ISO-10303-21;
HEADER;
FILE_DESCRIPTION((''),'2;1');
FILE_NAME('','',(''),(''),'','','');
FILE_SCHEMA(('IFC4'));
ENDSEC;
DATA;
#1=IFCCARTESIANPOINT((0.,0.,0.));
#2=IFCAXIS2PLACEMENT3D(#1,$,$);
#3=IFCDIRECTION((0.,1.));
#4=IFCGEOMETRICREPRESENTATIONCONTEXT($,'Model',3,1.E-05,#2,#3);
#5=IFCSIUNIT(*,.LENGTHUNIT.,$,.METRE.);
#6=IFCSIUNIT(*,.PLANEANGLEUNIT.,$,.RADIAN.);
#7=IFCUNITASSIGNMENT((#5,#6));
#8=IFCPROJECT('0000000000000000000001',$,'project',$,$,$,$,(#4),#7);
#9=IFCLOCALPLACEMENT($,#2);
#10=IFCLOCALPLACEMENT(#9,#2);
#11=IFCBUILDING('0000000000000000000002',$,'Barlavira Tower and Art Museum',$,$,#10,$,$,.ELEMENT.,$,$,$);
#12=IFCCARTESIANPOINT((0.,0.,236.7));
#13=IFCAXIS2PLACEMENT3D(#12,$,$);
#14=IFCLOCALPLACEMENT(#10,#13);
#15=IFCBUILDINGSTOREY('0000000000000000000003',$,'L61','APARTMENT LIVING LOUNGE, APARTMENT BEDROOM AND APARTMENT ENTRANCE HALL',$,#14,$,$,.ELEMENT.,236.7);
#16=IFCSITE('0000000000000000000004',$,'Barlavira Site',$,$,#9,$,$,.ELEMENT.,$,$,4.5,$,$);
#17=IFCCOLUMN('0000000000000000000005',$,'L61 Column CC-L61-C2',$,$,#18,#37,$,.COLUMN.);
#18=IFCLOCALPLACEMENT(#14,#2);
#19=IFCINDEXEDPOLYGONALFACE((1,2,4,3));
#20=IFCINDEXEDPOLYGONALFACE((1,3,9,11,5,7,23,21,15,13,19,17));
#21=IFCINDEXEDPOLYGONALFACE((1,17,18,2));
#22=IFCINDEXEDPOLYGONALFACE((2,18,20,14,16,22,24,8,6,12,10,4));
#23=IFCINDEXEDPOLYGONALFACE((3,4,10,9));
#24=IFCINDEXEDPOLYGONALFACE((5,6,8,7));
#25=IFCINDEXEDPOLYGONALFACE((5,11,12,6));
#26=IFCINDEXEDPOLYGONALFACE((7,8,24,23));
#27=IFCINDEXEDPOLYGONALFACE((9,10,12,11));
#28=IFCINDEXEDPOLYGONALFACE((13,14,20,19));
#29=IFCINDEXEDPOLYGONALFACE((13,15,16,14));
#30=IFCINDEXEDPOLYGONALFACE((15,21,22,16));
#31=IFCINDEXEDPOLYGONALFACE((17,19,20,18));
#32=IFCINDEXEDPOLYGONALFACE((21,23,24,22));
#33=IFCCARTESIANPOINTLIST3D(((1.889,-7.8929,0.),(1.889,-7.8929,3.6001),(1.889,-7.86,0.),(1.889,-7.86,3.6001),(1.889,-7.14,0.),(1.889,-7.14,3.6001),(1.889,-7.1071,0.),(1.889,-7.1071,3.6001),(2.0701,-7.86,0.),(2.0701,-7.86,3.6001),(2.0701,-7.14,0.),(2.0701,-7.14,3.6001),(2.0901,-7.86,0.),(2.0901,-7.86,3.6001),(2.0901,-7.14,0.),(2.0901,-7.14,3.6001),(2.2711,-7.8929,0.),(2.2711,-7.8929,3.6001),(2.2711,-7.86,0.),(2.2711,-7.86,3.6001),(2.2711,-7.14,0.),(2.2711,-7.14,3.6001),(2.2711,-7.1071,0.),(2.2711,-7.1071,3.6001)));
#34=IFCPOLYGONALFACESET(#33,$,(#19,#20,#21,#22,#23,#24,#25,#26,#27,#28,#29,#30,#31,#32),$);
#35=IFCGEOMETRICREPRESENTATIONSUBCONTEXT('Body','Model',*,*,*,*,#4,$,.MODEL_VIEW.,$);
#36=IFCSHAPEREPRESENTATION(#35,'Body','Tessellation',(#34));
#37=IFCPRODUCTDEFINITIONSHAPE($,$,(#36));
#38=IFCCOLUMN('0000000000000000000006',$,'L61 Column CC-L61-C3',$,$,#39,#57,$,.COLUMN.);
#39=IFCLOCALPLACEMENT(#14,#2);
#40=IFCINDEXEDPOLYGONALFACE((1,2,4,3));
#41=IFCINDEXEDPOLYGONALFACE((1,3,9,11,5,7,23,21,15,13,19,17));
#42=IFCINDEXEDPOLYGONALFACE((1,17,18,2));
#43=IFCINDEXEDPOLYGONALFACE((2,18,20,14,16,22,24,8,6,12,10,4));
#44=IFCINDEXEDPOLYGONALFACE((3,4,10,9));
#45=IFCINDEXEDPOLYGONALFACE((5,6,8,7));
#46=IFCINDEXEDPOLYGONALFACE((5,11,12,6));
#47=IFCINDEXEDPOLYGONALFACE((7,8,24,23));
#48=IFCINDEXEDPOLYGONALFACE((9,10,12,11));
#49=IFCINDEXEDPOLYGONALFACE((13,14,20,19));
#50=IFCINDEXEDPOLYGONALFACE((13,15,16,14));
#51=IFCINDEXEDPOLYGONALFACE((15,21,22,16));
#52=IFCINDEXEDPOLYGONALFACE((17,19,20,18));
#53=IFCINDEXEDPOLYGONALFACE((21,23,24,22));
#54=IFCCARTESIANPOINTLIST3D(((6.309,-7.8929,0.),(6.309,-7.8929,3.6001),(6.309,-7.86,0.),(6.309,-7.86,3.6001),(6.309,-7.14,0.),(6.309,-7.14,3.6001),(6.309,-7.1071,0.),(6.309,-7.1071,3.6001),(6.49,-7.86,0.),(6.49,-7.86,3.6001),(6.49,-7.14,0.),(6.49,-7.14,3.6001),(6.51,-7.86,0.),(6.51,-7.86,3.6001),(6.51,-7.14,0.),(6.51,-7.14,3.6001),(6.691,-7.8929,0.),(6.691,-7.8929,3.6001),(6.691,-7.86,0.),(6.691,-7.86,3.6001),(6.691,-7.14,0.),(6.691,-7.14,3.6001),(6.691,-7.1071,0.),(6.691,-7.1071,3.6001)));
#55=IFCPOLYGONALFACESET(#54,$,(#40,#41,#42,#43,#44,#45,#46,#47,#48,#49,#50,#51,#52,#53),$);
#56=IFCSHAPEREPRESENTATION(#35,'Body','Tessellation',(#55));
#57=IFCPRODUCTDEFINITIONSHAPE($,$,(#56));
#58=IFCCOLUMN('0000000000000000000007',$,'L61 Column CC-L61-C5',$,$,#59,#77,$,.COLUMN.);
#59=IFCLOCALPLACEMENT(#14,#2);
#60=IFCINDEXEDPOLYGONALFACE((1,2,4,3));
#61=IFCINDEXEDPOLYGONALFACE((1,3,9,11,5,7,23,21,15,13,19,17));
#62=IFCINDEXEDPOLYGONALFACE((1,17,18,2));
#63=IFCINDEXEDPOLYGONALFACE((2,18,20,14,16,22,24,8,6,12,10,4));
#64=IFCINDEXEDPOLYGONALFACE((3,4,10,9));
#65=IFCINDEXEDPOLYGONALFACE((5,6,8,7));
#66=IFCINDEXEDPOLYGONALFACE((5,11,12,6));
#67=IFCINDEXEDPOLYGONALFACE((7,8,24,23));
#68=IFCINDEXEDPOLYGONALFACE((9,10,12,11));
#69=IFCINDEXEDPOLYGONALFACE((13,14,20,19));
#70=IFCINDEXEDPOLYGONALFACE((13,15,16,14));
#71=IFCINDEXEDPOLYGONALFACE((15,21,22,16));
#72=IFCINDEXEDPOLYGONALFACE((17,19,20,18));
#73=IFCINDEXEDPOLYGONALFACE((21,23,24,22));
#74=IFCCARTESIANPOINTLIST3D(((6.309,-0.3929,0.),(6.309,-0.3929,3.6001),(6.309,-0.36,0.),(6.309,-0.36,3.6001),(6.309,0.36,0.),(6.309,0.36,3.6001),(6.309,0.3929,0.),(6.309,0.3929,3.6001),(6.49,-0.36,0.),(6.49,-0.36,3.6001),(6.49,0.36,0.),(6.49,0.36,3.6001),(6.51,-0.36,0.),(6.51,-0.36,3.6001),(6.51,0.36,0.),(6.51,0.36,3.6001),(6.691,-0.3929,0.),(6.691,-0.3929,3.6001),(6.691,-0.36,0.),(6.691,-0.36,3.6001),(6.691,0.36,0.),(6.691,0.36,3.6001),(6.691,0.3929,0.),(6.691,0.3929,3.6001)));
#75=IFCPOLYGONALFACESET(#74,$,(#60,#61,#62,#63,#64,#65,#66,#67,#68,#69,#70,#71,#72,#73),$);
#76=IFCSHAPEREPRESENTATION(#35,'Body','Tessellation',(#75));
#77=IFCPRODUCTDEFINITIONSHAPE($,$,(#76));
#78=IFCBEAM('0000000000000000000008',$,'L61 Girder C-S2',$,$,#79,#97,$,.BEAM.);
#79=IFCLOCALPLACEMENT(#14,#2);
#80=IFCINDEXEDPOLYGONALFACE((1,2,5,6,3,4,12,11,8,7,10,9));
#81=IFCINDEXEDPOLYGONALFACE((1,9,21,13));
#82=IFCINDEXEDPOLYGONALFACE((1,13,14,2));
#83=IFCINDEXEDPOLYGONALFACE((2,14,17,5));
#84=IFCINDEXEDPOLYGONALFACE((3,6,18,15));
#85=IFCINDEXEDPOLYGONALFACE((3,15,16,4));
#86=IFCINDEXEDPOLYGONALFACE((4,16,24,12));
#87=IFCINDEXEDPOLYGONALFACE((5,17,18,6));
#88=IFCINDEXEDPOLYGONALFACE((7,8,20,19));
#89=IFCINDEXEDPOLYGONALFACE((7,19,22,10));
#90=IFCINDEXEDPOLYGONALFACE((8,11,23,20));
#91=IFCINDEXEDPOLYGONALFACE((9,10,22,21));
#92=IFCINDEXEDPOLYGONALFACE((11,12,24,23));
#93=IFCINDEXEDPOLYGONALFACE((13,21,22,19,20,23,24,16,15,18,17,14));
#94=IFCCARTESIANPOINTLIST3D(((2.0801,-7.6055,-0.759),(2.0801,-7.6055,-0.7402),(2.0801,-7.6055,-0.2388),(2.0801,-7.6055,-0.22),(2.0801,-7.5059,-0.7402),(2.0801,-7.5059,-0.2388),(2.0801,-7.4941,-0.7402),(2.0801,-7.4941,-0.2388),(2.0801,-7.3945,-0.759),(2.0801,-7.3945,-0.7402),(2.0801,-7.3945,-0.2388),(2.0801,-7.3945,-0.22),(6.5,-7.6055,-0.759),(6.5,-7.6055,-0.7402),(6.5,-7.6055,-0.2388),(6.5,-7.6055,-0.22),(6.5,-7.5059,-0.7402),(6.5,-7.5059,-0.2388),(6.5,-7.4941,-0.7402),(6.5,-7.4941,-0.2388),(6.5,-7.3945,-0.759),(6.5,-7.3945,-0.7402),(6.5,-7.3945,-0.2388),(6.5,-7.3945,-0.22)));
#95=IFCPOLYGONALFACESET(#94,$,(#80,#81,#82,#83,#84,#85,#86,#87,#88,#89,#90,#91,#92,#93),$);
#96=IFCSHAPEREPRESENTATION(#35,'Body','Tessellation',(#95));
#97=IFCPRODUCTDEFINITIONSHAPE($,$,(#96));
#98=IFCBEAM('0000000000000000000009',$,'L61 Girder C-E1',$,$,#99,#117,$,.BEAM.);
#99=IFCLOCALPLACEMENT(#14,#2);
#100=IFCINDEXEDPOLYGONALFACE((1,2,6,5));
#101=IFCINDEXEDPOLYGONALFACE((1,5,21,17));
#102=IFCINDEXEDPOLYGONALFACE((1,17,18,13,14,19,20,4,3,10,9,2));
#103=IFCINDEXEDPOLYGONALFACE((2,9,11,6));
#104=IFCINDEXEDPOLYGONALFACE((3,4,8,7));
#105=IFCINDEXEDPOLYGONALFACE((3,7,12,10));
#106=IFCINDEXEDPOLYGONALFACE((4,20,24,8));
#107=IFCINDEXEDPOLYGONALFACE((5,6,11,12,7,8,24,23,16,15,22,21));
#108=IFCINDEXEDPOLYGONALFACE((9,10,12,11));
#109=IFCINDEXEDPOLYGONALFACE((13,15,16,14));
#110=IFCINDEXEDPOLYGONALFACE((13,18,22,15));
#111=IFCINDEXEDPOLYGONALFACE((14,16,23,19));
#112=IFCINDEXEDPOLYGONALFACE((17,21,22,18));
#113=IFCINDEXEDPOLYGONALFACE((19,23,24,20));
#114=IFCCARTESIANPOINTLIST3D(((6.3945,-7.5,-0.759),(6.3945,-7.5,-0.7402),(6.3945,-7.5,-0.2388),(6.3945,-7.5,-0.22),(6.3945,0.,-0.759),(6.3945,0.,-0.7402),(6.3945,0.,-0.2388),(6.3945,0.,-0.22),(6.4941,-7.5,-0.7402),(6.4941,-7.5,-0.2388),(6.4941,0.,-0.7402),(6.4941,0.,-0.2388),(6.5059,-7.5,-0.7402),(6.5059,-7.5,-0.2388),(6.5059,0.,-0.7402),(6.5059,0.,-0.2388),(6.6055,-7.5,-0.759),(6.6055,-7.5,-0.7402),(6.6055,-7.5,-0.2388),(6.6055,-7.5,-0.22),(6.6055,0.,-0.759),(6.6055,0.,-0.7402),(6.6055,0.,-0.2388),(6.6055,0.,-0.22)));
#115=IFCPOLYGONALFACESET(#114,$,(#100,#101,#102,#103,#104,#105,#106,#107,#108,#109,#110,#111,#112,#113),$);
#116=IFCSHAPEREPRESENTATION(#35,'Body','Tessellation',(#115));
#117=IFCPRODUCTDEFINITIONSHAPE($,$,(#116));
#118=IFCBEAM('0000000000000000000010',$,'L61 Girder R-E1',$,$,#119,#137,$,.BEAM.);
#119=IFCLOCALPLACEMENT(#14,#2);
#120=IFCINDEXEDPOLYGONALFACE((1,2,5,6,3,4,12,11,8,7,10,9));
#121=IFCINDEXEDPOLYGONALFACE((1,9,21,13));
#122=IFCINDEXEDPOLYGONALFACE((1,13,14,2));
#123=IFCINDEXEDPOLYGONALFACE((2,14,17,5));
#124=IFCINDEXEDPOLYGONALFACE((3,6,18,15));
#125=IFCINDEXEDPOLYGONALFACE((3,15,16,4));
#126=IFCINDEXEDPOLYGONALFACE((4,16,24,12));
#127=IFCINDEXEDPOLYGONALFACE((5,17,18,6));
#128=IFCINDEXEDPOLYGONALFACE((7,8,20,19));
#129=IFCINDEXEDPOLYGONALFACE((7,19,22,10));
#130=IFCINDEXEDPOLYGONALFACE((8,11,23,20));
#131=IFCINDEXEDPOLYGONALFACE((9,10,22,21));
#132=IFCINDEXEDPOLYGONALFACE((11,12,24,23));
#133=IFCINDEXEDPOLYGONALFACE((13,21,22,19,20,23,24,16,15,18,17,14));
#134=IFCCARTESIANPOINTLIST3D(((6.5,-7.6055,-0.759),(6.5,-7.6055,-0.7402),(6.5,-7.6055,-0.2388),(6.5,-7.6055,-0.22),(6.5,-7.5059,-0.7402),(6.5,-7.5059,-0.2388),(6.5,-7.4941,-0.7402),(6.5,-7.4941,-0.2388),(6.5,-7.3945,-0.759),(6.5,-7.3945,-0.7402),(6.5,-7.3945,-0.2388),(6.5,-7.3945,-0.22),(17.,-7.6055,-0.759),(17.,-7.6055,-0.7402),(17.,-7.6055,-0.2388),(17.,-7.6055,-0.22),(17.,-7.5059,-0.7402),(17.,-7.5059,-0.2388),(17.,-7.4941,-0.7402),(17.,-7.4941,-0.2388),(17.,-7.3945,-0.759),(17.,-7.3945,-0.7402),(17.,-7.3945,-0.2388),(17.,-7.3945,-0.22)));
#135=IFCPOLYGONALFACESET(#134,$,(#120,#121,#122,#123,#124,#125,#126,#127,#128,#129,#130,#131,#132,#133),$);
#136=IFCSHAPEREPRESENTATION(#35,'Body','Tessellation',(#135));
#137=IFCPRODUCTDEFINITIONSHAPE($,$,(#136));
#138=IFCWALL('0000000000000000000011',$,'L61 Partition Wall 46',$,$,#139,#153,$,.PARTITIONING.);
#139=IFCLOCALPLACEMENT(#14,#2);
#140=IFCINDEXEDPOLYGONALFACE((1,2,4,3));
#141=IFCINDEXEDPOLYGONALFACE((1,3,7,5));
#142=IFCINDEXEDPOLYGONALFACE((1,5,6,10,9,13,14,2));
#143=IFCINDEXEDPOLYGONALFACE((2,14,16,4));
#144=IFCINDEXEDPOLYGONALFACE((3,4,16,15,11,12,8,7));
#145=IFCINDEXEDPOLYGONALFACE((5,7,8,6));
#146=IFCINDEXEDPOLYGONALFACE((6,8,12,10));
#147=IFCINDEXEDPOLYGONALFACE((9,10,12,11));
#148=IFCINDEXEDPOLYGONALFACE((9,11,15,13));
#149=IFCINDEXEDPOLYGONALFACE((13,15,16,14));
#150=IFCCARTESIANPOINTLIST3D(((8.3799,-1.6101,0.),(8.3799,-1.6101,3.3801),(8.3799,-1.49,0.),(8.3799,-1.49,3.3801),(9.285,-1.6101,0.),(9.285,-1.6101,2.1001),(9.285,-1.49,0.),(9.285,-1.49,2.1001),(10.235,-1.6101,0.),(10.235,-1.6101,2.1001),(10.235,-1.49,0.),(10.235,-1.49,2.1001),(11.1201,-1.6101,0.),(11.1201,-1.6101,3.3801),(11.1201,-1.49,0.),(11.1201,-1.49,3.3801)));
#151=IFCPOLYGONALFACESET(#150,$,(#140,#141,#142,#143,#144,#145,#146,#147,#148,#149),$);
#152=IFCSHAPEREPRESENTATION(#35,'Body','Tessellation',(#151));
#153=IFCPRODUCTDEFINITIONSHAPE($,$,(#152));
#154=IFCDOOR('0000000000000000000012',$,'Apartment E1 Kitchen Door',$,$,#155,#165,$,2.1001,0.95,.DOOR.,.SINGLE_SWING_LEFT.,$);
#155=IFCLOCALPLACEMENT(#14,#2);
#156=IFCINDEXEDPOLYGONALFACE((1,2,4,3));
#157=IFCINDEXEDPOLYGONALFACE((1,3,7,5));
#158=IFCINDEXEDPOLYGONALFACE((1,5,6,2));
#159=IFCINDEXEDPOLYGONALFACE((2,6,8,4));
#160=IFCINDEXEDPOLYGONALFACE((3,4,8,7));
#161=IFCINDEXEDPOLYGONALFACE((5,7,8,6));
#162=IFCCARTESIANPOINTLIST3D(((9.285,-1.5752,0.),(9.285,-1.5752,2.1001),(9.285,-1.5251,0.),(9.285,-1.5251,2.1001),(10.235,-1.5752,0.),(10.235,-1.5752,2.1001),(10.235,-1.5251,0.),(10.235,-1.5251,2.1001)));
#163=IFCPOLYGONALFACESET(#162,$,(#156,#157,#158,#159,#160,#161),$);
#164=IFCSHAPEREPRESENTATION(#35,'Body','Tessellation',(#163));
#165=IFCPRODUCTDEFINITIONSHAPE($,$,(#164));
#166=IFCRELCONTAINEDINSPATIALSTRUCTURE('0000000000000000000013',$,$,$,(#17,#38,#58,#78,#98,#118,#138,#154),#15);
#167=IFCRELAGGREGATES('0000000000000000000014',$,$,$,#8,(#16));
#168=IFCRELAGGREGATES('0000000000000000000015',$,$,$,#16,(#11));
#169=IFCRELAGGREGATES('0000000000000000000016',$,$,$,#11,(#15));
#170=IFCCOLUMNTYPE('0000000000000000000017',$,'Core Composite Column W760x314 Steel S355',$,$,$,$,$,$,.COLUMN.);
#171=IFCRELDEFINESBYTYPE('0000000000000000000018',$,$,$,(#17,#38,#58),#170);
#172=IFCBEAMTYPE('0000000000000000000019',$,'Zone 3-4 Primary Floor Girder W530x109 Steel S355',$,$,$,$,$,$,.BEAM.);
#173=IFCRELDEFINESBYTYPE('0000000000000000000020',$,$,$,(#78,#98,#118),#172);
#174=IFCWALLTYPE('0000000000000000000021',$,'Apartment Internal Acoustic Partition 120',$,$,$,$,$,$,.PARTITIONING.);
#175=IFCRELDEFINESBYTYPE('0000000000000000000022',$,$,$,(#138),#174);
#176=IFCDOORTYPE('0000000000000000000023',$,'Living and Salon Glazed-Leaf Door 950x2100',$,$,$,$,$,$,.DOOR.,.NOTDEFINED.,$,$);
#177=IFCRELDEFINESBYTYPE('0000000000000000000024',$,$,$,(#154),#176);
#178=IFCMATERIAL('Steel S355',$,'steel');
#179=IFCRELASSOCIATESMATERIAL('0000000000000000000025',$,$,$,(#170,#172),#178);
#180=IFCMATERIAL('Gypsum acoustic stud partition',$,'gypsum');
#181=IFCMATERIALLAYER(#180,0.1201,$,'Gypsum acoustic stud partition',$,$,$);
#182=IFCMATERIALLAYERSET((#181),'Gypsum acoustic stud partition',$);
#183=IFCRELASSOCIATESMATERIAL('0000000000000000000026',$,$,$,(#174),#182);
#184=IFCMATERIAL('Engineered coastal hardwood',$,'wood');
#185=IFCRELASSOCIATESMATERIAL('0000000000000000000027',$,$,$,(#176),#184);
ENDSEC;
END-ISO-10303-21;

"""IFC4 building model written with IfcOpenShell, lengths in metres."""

from ifc_helpers import new_model, si_unit, direction, frame, frame_2d, origin, origin_2d, place, context, subcontext, project, spatial, rectangle, i_section, extrude, material, layer, layer_set, material_profile, profile_set, type_object, element, fill, save


model = new_model("IFC4")

# Units and contexts
model_context = context("Model", 3, precision=1e-05, world=origin(), true_north=direction((0.0, 1.0)))
body_context = subcontext(model_context, "Body", "Model", "MODEL_VIEW")
ifc_project = project(units=[si_unit("LENGTHUNIT", "METRE"), si_unit("PLANEANGLEUNIT", "RADIAN")], contexts=[model_context])

# Site, building, storey
site_placement = place(None, origin())
site = spatial("IfcSite", under=ifc_project, at=site_placement, Name="Barlavira Site", CompositionType="ELEMENT", RefElevation=4.5)
building_placement = place(site_placement, origin())
building = spatial("IfcBuilding", under=site, at=building_placement, Name="Barlavira Tower and Art Museum", CompositionType="ELEMENT")
storey_placement = place(building_placement, frame((0.0, 0.0, 236.7)))
storey = spatial("IfcBuildingStorey", under=building, at=storey_placement, Name="L61", Description="APARTMENT LIVING LOUNGE, APARTMENT BEDROOM AND APARTMENT ENTRANCE HALL", CompositionType="ELEMENT", Elevation=236.7)

# Columns
ifc_material_1 = material(Name="Steel S355", Category="steel")
ifc_material_profile_1 = material_profile(ifc_material_1, i_section(OverallWidth=0.3821, OverallDepth=0.7859, WebThickness=0.02, FlangeThickness=0.033, at=origin_2d()), Name="W760x314.0")
ifc_profile_set_1 = profile_set([ifc_material_profile_1], Name="Steel S355")
column_type = type_object("IfcColumnType", Name="Core Composite Column W760x314 Steel S355", PredefinedType="COLUMN", material=ifc_profile_set_1)
for number, where, z_axis, x_axis, name in (
    (1, (2.0801, -7.5, 0.0), (0.0, 0.0, 1.0), (1.0, 0.0, 0.0), "L61 Column CC-L61-C2"),
    (2, (6.5, -7.5, 0.0), (0.0, 0.0, 1.0), (1.0, 0.0, 0.0), "L61 Column CC-L61-C3"),
    (3, (6.5, 0.0, 0.0), (0.0, 0.0, 1.0), (1.0, 0.0, 0.0), "L61 Column CC-L61-C5"),
):
    element("IfcColumn", number, at=place(storey_placement, frame(where, z_axis=z_axis, x_axis=x_axis)), inside=storey, type_object=column_type, Name=name, PredefinedType="COLUMN", context=body_context, shape_type="SweptSolid", body=[
        extrude(i_section(OverallWidth=0.3821, OverallDepth=0.7859, WebThickness=0.02, FlangeThickness=0.033, at=origin_2d()), origin(), (0.0, 0.0, 1.0), 3.6001),
    ])

# Beams
ifc_material_profile_2 = material_profile(ifc_material_1, i_section(OverallWidth=0.2109, OverallDepth=0.5391, WebThickness=0.0117, FlangeThickness=0.0188, at=origin_2d()), Name="W530x109.0")
ifc_profile_set_2 = profile_set([ifc_material_profile_2], Name="Steel S355")
beam_type = type_object("IfcBeamType", Name="Zone 3-4 Primary Floor Girder W530x109 Steel S355", PredefinedType="BEAM", material=ifc_profile_set_2)
beam_1_placement = place(storey_placement, frame((2.0801, -7.5, -0.4895), z_axis=(1.0, 0.0, 0.0), x_axis=(0.0, 1.0, 0.0)))
element("IfcBeam", 4, at=beam_1_placement, inside=storey, type_object=beam_type, Name="L61 Girder C-S2", PredefinedType="BEAM", context=body_context, shape_type="SweptSolid", body=[
    extrude(i_section(OverallWidth=0.2109, OverallDepth=0.5391, WebThickness=0.0117, FlangeThickness=0.0188, at=origin_2d()), origin(), (0.0, 0.0, 1.0), 4.4199),
])
beam_2_placement = place(storey_placement, frame((6.5, -7.5, -0.4895), z_axis=(0.0, 1.0, 0.0), x_axis=(-1.0, 0.0, 0.0)))
element("IfcBeam", 5, at=beam_2_placement, inside=storey, type_object=beam_type, Name="L61 Girder C-E1", PredefinedType="BEAM", context=body_context, shape_type="SweptSolid", body=[
    extrude(i_section(OverallWidth=0.2109, OverallDepth=0.5391, WebThickness=0.0117, FlangeThickness=0.0188, at=origin_2d()), origin(), (0.0, 0.0, 1.0), 7.5),
])
beam_3_placement = place(storey_placement, frame((6.5, -7.5, -0.4895), z_axis=(1.0, 0.0, 0.0), x_axis=(0.0, 1.0, 0.0)))
element("IfcBeam", 6, at=beam_3_placement, inside=storey, type_object=beam_type, Name="L61 Girder R-E1", PredefinedType="BEAM", context=body_context, shape_type="SweptSolid", body=[
    extrude(i_section(OverallWidth=0.2109, OverallDepth=0.5391, WebThickness=0.0117, FlangeThickness=0.0188, at=origin_2d()), origin(), (0.0, 0.0, 1.0), 10.5),
])

# Wall, opening, door
ifc_material_2 = material(Name="Gypsum acoustic stud partition", Category="gypsum")
ifc_layer_1 = layer(ifc_material_2, 0.1201, Name="Gypsum acoustic stud partition")
ifc_layer_set_1 = layer_set([ifc_layer_1], Name="Gypsum acoustic stud partition")
wall_type_1 = type_object("IfcWallType", Name="Apartment Internal Acoustic Partition 120", PredefinedType="PARTITIONING", material=ifc_layer_set_1)
wall_1_placement = place(storey_placement, frame((8.3799, -1.55, 0.0), z_axis=(0.0, 0.0, 1.0), x_axis=(1.0, 0.0, 0.0)))
wall_1 = element("IfcWall", 7, at=wall_1_placement, inside=storey, type_object=wall_type_1, Name="L61 Partition Wall 46", PredefinedType="PARTITIONING", context=body_context, shape_type="SweptSolid", body=[
    extrude(rectangle(XDim=2.7402, YDim=0.1201, at=frame_2d((1.3701, 0.0))), origin(), (0.0, 0.0, 1.0), 3.3801),
])
opening_1_placement = place(wall_1_placement, frame((0.905, 0.0, 0.0)))
opening_1 = element("IfcOpeningElement", 8, at=opening_1_placement, cuts=wall_1, PredefinedType="OPENING", context=body_context, shape_type="SweptSolid", body=[
    extrude(rectangle(XDim=0.95, YDim=2.1001, at=frame_2d((0.4751, 1.05))), frame((0.0, 0.0701, 0.0), z_axis=(0.0, -1.0, 0.0), x_axis=(1.0, 0.0, 0.0)), (0.0, 0.0, 1.0), 0.1401),
])
ifc_material_3 = material(Name="Engineered coastal hardwood", Category="wood")
door_type_1 = type_object("IfcDoorType", Name="Living and Salon Glazed-Leaf Door 950x2100", OperationType="NOTDEFINED", PredefinedType="DOOR", material=ifc_material_3)
door_1_placement = place(opening_1_placement, origin())
door_1 = element("IfcDoor", 9, at=door_1_placement, inside=storey, type_object=door_type_1, Name="Apartment E1 Kitchen Door", OperationType="SINGLE_SWING_LEFT", OverallHeight=2.1001, OverallWidth=0.95, PredefinedType="DOOR", context=body_context, shape_type="SweptSolid", body=[
    extrude(rectangle(XDim=0.95, YDim=2.1001, at=frame_2d((0.4751, 1.05))), frame((0.0, 0.0249, 0.0), z_axis=(0.0, -1.0, 0.0), x_axis=(1.0, 0.0, 0.0)), (0.0, 0.0, 1.0), 0.05),
])
fill(opening_1, door_1)

save(model, "model.ifc")
